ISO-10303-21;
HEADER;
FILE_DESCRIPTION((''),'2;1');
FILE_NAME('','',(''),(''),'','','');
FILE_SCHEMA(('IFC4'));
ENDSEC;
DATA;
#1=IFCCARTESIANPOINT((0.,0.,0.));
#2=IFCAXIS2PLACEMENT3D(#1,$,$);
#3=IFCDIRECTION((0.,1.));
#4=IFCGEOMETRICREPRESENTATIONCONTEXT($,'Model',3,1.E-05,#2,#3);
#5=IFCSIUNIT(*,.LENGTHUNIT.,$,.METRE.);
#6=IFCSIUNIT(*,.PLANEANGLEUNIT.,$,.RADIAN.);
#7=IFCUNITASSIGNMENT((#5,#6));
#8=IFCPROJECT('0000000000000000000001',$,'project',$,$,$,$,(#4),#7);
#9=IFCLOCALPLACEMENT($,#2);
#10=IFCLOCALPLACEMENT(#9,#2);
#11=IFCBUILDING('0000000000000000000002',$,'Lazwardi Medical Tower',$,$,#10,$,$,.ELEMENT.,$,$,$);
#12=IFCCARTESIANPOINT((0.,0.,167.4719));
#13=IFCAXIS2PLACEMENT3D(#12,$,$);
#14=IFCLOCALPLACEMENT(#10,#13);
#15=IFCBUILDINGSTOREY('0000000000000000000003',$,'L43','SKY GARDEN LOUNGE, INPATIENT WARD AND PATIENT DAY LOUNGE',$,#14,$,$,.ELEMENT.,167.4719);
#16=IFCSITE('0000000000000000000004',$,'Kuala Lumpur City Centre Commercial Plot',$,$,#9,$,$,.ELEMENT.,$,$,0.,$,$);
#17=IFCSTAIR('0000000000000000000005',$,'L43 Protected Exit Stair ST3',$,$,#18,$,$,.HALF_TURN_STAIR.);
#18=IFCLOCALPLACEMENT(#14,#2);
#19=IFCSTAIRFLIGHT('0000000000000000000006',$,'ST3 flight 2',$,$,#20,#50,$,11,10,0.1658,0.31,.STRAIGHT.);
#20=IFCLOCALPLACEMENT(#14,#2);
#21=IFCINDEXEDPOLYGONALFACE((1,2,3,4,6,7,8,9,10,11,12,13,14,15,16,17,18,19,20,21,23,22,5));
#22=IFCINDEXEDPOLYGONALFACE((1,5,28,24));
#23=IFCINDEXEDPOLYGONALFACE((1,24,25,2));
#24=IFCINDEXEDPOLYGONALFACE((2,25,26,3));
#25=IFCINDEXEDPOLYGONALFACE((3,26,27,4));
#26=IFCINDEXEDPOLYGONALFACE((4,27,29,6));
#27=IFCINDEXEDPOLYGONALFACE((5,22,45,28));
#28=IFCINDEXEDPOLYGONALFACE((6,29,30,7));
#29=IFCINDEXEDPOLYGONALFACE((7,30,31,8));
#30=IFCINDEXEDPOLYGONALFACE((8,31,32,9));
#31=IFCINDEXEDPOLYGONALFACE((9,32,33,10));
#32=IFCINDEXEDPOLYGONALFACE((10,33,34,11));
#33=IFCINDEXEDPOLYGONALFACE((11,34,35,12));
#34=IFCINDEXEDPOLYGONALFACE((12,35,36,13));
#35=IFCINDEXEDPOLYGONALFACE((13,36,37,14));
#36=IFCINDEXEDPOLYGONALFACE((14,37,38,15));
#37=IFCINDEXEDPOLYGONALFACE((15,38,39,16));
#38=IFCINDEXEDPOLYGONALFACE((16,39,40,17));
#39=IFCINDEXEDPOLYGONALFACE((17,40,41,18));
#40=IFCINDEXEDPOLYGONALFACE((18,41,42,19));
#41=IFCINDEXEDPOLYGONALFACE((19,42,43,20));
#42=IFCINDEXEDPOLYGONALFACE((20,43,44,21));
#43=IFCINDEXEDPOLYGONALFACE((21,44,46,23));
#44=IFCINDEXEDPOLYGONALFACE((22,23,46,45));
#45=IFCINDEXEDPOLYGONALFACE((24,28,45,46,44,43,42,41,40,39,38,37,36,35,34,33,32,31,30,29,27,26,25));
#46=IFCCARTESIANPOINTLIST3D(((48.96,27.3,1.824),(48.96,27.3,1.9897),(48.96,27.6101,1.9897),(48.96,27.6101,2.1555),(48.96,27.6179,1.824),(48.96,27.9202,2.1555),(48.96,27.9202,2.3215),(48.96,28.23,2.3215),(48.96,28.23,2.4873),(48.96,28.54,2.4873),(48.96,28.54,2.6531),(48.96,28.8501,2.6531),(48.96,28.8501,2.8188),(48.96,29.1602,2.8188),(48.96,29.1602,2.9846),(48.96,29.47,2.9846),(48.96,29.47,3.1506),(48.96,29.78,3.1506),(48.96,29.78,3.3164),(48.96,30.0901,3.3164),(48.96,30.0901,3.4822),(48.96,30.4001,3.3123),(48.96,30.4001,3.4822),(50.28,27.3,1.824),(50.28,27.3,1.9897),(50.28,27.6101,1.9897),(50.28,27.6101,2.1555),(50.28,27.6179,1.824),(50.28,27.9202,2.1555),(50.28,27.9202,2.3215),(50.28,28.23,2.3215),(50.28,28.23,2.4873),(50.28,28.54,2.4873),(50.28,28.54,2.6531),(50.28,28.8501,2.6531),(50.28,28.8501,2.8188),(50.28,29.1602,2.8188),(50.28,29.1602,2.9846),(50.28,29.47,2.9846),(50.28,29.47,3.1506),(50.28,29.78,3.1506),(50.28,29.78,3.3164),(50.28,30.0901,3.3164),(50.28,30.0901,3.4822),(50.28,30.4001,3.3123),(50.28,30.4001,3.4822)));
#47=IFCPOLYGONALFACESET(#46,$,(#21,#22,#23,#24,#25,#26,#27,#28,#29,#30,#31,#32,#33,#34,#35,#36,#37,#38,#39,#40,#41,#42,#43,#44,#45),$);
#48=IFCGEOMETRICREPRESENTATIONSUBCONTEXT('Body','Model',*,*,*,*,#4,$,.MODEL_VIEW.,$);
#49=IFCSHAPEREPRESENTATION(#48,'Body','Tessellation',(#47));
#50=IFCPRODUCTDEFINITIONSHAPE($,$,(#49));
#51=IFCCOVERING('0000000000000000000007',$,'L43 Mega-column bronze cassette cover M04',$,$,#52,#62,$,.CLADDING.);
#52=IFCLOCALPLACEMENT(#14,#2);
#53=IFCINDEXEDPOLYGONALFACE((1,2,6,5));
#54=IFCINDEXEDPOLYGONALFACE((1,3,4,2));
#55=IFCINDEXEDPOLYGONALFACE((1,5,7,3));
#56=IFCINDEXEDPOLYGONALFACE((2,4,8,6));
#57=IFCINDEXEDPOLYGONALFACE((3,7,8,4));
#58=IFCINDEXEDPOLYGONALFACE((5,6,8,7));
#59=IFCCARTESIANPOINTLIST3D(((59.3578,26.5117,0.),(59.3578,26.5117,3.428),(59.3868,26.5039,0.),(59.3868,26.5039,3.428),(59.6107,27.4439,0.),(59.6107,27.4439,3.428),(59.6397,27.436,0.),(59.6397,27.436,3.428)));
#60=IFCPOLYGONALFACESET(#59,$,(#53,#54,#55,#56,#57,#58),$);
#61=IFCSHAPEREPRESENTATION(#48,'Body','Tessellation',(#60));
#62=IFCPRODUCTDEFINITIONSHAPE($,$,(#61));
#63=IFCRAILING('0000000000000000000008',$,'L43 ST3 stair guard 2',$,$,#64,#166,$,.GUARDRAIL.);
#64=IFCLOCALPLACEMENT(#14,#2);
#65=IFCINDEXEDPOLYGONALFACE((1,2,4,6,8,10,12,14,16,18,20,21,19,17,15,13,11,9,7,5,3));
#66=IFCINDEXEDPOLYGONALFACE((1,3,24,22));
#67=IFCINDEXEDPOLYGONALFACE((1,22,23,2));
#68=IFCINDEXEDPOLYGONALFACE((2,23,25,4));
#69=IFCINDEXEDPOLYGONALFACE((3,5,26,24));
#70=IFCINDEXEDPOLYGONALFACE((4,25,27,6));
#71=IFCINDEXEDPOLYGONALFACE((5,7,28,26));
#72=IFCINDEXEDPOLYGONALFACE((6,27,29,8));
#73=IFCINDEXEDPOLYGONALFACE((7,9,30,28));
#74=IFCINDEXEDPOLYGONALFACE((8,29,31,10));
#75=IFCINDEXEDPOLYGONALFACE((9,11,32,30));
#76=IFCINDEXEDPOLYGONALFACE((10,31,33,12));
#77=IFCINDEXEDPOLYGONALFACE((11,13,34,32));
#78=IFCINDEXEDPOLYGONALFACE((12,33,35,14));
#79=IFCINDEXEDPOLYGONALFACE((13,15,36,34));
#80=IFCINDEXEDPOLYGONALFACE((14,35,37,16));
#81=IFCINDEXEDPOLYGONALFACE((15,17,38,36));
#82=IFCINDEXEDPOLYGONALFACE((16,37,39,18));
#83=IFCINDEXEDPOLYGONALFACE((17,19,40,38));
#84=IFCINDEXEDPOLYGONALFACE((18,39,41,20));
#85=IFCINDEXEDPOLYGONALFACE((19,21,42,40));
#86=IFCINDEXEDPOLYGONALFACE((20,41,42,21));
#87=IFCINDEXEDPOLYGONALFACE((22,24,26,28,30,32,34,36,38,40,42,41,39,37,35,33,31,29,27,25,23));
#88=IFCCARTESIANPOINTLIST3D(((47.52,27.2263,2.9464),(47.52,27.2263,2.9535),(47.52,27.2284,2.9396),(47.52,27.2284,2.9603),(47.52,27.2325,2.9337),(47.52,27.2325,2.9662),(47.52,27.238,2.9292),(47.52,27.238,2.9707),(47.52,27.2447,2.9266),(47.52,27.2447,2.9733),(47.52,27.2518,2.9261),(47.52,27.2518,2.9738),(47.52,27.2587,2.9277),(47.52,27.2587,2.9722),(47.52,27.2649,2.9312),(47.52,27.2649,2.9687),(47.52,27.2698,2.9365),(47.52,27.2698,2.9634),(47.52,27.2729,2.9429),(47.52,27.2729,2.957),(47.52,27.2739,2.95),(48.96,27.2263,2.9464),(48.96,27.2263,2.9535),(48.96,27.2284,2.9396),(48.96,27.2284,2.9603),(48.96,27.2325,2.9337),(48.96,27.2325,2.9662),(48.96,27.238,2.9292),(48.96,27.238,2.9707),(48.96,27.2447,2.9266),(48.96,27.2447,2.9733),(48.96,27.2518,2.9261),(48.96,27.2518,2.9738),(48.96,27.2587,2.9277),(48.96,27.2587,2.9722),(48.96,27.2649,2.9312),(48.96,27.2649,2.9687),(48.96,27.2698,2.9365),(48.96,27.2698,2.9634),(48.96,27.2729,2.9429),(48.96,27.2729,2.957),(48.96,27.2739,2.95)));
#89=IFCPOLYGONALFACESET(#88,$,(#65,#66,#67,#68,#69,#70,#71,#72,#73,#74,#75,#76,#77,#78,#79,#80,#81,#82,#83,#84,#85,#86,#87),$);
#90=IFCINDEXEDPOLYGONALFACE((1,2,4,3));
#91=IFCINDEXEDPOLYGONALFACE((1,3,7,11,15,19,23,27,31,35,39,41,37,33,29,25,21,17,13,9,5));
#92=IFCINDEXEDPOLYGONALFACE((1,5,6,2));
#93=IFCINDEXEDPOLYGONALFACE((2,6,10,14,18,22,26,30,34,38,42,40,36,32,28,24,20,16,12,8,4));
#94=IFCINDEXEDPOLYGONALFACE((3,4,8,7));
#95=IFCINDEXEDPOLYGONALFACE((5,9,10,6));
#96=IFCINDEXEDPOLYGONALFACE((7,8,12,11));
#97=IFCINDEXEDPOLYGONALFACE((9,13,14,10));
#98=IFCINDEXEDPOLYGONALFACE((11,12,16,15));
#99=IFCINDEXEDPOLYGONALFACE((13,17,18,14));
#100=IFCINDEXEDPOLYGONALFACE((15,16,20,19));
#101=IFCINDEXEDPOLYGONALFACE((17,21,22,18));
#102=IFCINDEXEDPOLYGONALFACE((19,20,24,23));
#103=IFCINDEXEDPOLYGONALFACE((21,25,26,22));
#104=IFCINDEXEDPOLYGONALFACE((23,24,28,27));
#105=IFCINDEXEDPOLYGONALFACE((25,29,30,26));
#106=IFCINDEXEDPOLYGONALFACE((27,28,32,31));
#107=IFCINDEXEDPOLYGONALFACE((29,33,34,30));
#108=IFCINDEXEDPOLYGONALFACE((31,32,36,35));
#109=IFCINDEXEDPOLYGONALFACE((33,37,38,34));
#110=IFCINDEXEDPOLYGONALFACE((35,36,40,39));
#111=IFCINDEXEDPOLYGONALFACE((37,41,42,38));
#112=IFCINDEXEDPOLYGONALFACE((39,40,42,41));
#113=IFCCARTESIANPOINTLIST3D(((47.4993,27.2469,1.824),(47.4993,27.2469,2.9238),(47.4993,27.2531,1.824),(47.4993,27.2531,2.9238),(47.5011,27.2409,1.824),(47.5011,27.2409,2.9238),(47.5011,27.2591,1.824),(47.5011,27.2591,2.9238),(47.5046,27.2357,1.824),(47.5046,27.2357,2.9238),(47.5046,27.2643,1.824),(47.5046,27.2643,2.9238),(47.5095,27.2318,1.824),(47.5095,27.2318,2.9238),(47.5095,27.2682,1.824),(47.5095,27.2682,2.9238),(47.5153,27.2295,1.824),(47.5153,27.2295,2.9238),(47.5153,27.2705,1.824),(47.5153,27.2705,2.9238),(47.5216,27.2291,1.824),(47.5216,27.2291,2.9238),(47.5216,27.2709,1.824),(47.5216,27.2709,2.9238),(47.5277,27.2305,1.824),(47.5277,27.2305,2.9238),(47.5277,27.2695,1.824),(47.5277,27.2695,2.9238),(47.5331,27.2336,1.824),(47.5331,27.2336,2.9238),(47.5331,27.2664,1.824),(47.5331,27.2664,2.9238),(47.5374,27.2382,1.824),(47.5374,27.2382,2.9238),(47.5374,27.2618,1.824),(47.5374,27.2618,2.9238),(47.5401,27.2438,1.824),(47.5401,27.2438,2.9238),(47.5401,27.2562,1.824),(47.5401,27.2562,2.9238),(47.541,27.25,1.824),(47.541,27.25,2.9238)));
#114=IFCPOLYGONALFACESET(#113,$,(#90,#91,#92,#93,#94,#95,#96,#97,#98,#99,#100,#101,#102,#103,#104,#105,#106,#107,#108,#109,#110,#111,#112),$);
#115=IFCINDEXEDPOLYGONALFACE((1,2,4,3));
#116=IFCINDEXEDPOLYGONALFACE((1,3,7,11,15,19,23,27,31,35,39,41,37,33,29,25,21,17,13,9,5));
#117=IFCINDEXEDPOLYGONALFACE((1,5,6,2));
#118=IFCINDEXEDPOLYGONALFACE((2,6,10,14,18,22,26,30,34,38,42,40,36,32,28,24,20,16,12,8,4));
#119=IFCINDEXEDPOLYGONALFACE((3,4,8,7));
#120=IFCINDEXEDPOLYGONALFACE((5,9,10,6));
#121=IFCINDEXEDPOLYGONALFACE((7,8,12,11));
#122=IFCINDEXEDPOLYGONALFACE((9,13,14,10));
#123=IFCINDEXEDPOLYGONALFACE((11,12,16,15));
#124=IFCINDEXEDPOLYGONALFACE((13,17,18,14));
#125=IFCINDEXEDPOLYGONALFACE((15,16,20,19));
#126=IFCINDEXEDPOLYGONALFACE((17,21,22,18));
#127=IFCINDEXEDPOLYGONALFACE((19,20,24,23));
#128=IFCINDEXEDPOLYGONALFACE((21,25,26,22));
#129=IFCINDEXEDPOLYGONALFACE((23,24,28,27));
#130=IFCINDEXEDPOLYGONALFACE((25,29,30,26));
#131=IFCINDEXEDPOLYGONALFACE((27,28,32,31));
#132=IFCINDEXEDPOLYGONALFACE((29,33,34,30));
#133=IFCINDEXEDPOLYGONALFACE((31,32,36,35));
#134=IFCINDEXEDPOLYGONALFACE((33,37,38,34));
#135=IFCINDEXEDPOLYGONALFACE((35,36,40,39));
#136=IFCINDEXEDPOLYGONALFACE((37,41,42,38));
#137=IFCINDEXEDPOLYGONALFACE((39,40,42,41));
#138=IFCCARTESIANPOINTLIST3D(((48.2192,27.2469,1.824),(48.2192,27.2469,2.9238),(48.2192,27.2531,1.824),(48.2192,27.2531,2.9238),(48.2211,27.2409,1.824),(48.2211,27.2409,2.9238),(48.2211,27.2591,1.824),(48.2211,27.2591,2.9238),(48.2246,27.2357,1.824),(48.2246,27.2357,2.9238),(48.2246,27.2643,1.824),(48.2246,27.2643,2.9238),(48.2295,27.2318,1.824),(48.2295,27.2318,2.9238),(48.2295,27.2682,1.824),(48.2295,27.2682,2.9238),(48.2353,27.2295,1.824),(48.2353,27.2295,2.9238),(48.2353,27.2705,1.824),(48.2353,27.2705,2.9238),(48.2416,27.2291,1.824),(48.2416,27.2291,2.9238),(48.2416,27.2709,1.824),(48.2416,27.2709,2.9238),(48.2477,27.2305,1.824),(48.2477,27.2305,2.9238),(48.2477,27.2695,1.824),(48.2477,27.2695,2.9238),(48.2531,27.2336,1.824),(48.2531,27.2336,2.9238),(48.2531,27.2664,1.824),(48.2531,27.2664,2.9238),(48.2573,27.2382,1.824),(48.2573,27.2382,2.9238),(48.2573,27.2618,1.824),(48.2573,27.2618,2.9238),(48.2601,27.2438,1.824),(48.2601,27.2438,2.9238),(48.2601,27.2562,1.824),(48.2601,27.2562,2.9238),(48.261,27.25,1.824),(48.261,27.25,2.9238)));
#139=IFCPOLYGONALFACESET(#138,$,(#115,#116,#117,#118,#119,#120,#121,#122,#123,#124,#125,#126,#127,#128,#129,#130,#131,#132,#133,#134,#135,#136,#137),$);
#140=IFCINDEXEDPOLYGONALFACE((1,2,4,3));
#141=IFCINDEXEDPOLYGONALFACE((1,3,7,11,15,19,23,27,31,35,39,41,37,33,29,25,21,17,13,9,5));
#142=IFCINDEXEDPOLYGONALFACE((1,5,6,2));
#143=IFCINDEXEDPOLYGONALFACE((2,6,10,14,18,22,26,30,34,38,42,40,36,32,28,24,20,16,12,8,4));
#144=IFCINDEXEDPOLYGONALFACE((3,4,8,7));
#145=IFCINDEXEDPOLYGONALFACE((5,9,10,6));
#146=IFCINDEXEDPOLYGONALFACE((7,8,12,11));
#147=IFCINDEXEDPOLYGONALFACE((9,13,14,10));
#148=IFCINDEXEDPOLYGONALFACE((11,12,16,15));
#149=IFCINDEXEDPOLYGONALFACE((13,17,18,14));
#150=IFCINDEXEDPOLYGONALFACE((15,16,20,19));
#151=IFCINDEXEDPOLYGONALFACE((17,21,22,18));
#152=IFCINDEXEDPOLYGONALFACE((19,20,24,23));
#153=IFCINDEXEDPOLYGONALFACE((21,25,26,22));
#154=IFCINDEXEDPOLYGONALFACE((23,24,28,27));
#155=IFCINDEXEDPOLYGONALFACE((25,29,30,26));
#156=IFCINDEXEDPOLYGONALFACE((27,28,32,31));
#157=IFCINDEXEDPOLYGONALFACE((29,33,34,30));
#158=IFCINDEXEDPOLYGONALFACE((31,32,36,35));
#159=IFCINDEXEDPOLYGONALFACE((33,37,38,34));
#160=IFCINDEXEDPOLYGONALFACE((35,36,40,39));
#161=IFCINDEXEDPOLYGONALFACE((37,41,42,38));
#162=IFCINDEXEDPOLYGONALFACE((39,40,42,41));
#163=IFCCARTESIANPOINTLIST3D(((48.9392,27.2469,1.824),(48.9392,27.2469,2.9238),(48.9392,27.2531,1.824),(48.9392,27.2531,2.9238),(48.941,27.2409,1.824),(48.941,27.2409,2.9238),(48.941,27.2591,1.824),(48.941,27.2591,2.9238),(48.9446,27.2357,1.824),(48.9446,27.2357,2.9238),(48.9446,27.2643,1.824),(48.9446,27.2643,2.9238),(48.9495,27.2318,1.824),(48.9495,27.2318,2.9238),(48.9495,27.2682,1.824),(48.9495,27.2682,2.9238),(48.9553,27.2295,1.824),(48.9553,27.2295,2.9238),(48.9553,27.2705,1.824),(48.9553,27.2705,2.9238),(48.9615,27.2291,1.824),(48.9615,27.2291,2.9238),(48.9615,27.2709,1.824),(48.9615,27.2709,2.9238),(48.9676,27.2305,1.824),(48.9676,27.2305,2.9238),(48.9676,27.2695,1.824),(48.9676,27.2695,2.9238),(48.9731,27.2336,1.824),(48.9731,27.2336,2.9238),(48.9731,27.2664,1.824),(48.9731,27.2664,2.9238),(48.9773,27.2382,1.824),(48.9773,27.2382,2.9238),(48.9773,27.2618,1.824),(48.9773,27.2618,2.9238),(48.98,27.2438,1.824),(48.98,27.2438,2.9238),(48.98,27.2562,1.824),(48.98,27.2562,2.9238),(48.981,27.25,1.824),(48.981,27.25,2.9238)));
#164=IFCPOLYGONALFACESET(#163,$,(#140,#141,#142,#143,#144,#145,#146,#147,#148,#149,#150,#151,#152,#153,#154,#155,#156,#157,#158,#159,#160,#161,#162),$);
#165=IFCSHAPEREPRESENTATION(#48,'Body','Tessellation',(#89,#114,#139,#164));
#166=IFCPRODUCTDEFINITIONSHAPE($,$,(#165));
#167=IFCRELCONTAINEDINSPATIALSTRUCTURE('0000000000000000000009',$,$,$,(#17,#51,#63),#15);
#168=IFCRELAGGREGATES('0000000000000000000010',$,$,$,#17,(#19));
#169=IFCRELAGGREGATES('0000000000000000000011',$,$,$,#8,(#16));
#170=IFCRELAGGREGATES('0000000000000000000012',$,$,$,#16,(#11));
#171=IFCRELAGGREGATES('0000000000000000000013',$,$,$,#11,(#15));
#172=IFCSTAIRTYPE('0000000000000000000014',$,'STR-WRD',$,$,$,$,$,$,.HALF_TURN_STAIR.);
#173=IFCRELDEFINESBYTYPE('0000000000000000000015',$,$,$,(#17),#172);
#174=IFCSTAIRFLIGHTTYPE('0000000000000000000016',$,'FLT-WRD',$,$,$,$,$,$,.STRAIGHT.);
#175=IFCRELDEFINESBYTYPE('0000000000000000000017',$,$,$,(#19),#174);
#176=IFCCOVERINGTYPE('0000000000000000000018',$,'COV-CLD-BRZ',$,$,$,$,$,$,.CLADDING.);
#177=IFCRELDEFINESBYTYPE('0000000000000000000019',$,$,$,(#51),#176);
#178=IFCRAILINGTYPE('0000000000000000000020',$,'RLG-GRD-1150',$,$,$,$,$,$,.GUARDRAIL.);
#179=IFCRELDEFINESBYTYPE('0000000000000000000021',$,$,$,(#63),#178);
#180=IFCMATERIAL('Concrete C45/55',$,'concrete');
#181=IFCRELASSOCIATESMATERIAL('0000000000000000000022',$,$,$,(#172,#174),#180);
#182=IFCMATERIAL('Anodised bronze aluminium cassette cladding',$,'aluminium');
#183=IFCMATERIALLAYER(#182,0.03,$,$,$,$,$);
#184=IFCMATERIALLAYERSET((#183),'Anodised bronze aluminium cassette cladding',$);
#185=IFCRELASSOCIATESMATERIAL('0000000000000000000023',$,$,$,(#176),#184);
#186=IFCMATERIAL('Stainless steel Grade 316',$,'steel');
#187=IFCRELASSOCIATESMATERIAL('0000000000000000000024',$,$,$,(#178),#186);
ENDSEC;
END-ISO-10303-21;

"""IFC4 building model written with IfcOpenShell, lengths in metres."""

from ifc_helpers import new_model, si_unit, direction, frame, origin, origin_2d, place, context, subcontext, project, spatial, polyline, rectangle, circle, outline, extrude, material, layer, layer_set, type_object, element, aggregate, save


model = new_model("IFC4")

# Units and contexts
model_context = context("Model", 3, precision=1e-05, world=origin(), true_north=direction((0.0, 1.0)))
body_context = subcontext(model_context, "Body", "Model", "MODEL_VIEW")
ifc_project = project(units=[si_unit("LENGTHUNIT", "METRE"), si_unit("PLANEANGLEUNIT", "RADIAN")], contexts=[model_context])

# Site, building, storey
site_placement = place(None, origin())
site = spatial("IfcSite", under=ifc_project, at=site_placement, Name="Kuala Lumpur City Centre Commercial Plot", CompositionType="ELEMENT", RefElevation=0.0)
building_placement = place(site_placement, origin())
building = spatial("IfcBuilding", under=site, at=building_placement, Name="Lazwardi Medical Tower", CompositionType="ELEMENT")
storey_placement = place(building_placement, frame((0.0, 0.0, 167.4719)))
storey = spatial("IfcBuildingStorey", under=building, at=storey_placement, Name="L43", Description="SKY GARDEN LOUNGE, INPATIENT WARD AND PATIENT DAY LOUNGE", CompositionType="ELEMENT", Elevation=167.4719)

# Stair, stair flight
ifc_material_1 = material(Name="Concrete C45/55", Category="concrete")
stair_type = type_object("IfcStairType", Name="STR-WRD", PredefinedType="HALF_TURN_STAIR", material=ifc_material_1)
stair_placement = place(storey_placement, origin())
stair = element("IfcStair", 1, at=stair_placement, inside=storey, type_object=stair_type, Name="L43 Protected Exit Stair ST3", PredefinedType="HALF_TURN_STAIR")
stair_flight_type = type_object("IfcStairFlightType", Name="FLT-WRD", PredefinedType="STRAIGHT", material=ifc_material_1)
stair_flight_1_placement = place(storey_placement, frame((49.6201, 27.3, 1.824), z_axis=(0.0, 0.0, 1.0), x_axis=(0.0, 1.0, 0.0)))
stair_flight_1 = element("IfcStairFlight", 2, at=stair_flight_1_placement, type_object=stair_flight_type, Name="ST3 flight 2", NumberOfRisers=11, NumberOfTreads=10, PredefinedType="STRAIGHT", RiserHeight=0.1658, TreadLength=0.31, context=body_context, shape_type="SweptSolid", body=[
    extrude(outline(polyline([(0.0, 0.0), (0.0, 0.1658), (0.3101, 0.1658), (0.3101, 0.3315), (0.6201, 0.3315), (0.6201, 0.4976), (0.9299, 0.4976), (0.9299, 0.6633), (1.24, 0.6633), (1.24, 0.8291), (1.55, 0.8291), (1.55, 0.9949), (1.8601, 0.9949), (1.8601, 1.1606), (2.1699, 1.1606), (2.1699, 1.3267), (2.48, 1.3267), (2.48, 1.4924), (2.79, 1.4924), (2.79, 1.6582), (3.1001, 1.6582), (3.1001, 1.824), (3.1001, 1.4883), (0.3179, 0.0), (0.0, 0.0)])), frame((0.0, 0.6602, 0.0), z_axis=(0.0, -1.0, 0.0), x_axis=(1.0, 0.0, 0.0)), (0.0, 0.0, 1.0), 1.3201),
])
aggregate(stair, [stair_flight_1])

# Covering
ifc_material_2 = material(Name="Anodised bronze aluminium cassette cladding", Category="aluminium")
ifc_layer_1 = layer(ifc_material_2, 0.03)
ifc_layer_set_1 = layer_set([ifc_layer_1], Name="Anodised bronze aluminium cassette cladding")
covering_type = type_object("IfcCoveringType", Name="COV-CLD-BRZ", PredefinedType="CLADDING", material=ifc_layer_set_1)
covering_placement = place(storey_placement, frame((59.4988, 26.9739, 0.0), z_axis=(0.0, 0.0, 1.0), x_axis=(0.261829, 0.965114, 0.0)))
element("IfcCovering", 3, at=covering_placement, inside=storey, type_object=covering_type, Name="L43 Mega-column bronze cassette cover M04", PredefinedType="CLADDING", context=body_context, shape_type="SweptSolid", body=[
    extrude(rectangle(XDim=0.9658, YDim=0.03, at=origin_2d()), origin(), (0.0, 0.0, 1.0), 3.428),
])

# Railing
ifc_material_3 = material(Name="Stainless steel Grade 316", Category="steel")
railing_type_1 = type_object("IfcRailingType", Name="RLG-GRD-1150", PredefinedType="GUARDRAIL", material=ifc_material_3)
railing_1_placement = place(storey_placement, frame((47.52, 27.25, 1.824)))
element("IfcRailing", 4, at=railing_1_placement, inside=storey, type_object=railing_type_1, Name="L43 ST3 stair guard 2", PredefinedType="GUARDRAIL", context=body_context, shape_type="SweptSolid", body=[
    extrude(circle(Radius=0.0239, at=origin_2d()), frame((0.0, 0.0, 1.126), z_axis=(1.0, 0.0, 0.0), x_axis=(0.0, 1.0, 0.0)), (0.0, 0.0, 1.0), 1.4399),
    extrude(circle(Radius=0.021, at=origin_2d()), origin(), (0.0, 0.0, 1.0), 1.0999),
    extrude(circle(Radius=0.021, at=origin_2d()), frame((0.72, 0.0, 0.0)), (0.0, 0.0, 1.0), 1.0999),
    extrude(circle(Radius=0.021, at=origin_2d()), frame((1.4399, 0.0, 0.0)), (0.0, 0.0, 1.0), 1.0999),
])

save(model, "model.ifc")
